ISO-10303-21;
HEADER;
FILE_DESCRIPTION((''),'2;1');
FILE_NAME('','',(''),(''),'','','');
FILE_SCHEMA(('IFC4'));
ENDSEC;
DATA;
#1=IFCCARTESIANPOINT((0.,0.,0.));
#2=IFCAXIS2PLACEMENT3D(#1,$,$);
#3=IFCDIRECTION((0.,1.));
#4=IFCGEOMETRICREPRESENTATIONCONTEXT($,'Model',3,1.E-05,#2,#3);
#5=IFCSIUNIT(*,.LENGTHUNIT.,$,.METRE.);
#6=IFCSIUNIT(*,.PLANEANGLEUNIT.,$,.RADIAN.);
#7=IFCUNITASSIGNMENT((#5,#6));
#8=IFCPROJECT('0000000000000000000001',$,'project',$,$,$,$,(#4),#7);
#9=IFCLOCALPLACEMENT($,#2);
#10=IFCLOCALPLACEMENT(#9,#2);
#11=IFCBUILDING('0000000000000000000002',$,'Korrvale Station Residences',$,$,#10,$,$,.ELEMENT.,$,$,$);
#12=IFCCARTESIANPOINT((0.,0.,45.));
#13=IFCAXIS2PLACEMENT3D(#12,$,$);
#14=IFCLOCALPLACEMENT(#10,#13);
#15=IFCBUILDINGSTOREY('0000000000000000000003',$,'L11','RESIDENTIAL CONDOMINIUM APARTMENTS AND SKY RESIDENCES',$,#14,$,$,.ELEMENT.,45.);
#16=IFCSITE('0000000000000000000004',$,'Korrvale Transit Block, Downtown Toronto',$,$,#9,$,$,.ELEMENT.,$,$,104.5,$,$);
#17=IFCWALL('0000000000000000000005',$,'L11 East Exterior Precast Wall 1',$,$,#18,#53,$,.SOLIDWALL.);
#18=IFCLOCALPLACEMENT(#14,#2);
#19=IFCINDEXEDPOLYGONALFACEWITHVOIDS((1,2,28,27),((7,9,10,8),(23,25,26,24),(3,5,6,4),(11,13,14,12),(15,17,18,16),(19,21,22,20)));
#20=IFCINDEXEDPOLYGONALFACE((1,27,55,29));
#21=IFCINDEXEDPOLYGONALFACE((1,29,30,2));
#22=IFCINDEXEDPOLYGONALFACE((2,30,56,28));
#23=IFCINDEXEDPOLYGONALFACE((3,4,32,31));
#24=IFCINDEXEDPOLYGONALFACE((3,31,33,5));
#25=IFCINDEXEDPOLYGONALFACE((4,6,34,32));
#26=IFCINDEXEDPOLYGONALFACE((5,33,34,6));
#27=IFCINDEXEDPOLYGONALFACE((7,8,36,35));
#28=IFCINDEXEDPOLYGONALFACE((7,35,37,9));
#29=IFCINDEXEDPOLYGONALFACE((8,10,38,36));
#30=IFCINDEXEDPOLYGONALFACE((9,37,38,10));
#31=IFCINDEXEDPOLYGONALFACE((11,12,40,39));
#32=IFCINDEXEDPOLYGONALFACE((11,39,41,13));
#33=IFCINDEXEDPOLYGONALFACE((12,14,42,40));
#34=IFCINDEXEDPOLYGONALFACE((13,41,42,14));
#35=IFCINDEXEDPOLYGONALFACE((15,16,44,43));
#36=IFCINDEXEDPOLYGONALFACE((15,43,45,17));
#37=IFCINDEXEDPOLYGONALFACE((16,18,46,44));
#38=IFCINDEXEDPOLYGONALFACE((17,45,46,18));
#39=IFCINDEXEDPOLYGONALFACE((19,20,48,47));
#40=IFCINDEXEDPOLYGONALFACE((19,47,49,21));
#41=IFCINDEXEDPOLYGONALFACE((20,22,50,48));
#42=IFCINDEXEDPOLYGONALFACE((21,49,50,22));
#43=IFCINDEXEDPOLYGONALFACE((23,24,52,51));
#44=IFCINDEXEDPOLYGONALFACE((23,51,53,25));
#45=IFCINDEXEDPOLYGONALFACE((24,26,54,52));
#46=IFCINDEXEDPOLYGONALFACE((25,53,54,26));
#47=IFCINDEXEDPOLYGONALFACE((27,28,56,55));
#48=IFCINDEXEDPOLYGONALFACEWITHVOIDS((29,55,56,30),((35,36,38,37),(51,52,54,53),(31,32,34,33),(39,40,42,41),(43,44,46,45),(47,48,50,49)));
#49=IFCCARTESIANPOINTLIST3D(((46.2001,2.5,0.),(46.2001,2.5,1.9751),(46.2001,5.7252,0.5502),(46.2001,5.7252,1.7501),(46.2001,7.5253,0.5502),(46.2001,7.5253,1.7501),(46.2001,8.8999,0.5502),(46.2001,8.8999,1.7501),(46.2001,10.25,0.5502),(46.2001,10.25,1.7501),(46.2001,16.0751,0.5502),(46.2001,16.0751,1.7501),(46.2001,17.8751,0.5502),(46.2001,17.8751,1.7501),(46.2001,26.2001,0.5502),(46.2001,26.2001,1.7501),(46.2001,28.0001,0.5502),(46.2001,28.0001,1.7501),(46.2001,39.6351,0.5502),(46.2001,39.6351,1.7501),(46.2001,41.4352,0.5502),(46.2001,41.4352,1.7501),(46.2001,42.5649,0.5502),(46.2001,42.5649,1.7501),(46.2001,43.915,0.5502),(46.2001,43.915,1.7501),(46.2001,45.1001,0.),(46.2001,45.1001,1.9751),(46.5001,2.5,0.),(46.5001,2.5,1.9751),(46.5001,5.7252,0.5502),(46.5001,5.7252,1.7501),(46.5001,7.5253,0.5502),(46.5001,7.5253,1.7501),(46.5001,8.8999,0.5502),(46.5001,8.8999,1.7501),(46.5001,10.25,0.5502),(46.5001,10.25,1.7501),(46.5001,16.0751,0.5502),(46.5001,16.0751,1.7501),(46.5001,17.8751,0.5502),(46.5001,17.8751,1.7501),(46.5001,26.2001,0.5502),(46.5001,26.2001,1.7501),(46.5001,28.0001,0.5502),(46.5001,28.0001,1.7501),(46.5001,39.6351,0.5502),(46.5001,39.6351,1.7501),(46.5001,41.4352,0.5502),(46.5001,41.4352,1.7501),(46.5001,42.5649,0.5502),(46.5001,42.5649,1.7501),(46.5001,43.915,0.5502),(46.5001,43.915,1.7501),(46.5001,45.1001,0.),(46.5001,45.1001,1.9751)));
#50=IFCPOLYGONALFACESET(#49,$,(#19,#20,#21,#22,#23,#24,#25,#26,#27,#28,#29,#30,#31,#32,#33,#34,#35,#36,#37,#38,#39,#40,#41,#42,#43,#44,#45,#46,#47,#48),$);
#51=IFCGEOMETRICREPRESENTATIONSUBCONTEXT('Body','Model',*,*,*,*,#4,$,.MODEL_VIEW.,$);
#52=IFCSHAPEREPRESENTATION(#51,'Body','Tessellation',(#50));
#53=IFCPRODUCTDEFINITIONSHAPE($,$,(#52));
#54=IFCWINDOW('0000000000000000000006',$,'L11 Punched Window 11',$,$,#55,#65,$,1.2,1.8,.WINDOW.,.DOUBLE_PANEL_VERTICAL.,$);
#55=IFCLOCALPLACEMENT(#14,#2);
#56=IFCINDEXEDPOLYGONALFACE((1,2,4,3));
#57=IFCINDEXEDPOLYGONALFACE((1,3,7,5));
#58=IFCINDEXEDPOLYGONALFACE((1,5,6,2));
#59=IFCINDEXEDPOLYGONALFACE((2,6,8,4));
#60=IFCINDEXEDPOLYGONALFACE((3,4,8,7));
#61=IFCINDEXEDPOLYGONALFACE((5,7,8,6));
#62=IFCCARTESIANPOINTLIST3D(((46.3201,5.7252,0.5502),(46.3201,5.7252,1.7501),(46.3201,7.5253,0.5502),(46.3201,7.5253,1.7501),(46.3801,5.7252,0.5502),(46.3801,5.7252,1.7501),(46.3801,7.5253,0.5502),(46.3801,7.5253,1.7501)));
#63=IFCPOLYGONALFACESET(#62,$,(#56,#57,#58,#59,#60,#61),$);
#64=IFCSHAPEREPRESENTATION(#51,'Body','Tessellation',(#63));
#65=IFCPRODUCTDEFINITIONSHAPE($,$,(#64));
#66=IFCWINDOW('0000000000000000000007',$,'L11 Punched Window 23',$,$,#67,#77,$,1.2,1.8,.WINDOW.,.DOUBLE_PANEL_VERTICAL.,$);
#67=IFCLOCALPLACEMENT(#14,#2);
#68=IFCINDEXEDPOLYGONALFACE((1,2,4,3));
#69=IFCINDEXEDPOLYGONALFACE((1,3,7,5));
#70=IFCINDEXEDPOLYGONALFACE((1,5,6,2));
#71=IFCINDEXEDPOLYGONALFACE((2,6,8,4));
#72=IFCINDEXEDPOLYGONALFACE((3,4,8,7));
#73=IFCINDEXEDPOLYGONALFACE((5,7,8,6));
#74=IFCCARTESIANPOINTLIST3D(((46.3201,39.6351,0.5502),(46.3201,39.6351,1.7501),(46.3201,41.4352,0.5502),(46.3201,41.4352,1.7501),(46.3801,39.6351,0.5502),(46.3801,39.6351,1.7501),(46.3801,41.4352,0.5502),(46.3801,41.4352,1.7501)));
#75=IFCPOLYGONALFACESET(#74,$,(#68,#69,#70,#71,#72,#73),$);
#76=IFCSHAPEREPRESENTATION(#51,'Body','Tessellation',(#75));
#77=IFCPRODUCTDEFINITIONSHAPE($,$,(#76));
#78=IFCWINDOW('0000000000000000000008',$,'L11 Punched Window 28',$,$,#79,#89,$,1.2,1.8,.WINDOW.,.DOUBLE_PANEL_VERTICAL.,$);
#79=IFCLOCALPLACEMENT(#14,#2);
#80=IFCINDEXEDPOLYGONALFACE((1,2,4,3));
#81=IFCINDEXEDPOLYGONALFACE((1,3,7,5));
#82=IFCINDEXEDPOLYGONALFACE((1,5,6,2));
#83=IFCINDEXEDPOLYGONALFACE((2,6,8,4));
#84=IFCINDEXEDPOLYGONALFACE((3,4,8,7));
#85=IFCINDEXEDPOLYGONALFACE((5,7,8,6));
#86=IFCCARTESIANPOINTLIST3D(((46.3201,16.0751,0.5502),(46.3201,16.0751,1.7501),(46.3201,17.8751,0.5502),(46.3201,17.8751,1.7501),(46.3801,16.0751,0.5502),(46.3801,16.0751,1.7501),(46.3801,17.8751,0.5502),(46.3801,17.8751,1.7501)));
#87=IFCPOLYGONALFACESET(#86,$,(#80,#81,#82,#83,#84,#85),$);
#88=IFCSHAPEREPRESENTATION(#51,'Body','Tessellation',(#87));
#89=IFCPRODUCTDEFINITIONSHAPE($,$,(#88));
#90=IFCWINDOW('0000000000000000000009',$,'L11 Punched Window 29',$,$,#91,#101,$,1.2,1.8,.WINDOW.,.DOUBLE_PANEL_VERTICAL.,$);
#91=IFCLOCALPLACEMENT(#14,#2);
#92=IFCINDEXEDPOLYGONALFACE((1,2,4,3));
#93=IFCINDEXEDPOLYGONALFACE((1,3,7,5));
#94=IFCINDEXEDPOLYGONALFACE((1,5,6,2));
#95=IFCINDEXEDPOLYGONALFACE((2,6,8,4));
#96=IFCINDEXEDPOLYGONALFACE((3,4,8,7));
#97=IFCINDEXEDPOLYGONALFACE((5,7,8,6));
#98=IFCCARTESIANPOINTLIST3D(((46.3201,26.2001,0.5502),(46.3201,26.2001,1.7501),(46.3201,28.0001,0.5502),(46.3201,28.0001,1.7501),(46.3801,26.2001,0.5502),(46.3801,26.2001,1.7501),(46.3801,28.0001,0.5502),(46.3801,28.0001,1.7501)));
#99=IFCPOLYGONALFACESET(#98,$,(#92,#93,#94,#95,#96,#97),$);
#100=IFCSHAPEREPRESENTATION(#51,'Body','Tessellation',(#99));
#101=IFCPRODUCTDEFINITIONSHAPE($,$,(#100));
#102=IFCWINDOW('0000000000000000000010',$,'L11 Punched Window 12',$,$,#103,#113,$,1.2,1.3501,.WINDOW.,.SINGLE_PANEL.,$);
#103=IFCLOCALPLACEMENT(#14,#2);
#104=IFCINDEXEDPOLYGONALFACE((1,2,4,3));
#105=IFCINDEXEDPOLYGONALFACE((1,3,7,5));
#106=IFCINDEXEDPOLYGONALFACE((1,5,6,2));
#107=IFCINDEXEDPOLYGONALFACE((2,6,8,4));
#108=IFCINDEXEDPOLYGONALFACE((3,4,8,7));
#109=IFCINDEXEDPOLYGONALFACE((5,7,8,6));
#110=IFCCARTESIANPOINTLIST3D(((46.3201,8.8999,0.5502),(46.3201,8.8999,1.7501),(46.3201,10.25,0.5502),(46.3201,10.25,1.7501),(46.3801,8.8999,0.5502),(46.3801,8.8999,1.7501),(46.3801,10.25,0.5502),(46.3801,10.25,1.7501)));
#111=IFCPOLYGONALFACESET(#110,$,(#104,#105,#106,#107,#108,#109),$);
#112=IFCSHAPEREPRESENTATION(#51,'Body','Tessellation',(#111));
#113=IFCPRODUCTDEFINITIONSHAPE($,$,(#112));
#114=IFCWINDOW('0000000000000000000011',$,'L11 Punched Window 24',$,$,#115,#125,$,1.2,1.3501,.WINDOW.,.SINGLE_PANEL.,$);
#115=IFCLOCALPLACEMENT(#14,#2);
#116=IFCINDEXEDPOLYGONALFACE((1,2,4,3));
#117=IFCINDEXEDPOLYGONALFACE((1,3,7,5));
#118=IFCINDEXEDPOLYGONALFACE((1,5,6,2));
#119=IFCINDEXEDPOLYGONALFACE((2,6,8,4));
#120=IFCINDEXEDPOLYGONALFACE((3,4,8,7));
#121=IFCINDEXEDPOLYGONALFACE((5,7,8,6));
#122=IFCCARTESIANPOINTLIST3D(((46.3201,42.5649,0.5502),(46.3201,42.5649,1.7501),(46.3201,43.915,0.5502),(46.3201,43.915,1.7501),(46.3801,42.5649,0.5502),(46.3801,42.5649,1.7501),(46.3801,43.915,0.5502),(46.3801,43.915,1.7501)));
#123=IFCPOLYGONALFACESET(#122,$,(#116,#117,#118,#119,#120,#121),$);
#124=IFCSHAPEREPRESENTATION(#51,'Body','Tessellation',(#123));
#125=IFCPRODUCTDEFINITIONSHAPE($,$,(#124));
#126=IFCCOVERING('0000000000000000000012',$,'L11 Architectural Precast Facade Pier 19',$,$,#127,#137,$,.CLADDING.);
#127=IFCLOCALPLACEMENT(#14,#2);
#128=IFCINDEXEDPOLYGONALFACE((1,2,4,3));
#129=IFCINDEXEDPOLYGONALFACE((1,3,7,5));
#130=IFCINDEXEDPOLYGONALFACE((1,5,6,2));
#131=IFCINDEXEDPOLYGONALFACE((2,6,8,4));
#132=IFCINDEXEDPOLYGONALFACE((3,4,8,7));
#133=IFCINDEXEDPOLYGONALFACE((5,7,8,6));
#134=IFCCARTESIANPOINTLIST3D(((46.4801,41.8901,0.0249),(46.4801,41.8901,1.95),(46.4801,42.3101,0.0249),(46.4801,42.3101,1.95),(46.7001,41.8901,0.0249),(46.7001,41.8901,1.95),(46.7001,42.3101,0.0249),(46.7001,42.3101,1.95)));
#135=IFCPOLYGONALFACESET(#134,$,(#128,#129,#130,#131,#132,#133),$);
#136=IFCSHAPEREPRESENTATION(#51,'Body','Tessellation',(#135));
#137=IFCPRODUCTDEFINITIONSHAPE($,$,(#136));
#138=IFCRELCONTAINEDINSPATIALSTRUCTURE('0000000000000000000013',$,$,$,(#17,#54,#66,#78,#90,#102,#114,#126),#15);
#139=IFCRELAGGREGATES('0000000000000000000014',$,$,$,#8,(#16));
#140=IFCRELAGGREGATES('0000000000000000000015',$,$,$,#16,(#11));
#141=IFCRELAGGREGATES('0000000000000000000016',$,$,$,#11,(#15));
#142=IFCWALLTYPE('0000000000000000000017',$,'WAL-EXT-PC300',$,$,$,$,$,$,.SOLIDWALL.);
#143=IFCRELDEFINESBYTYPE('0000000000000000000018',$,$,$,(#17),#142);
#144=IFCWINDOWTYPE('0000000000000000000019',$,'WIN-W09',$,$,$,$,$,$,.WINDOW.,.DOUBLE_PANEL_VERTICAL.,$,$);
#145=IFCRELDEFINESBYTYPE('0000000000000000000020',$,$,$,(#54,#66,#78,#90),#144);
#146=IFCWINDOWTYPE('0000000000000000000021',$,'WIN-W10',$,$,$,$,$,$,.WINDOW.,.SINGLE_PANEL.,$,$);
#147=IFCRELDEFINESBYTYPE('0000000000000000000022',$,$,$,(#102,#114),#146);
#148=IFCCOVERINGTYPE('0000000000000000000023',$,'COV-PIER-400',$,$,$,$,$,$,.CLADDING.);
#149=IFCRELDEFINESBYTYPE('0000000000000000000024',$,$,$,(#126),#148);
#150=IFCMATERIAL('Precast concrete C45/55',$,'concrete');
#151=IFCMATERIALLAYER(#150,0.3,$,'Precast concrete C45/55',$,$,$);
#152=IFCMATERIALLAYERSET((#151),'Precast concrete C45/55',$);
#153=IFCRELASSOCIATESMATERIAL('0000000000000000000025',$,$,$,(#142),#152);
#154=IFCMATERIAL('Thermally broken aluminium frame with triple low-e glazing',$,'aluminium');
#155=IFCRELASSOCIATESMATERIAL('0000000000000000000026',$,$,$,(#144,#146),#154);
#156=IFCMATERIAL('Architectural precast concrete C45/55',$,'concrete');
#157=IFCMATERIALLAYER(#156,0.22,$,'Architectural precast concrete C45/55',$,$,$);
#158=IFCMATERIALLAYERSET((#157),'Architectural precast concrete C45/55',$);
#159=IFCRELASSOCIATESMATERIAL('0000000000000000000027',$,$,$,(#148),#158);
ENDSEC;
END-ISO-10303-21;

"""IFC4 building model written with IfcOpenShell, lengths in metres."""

from ifc_helpers import new_model, si_unit, direction, frame, frame_2d, origin, origin_2d, place, context, subcontext, project, spatial, rectangle, extrude, material, layer, layer_set, type_object, element, fill, save


model = new_model("IFC4")

# Units and contexts
model_context = context("Model", 3, precision=1e-05, world=origin(), true_north=direction((0.0, 1.0)))
body_context = subcontext(model_context, "Body", "Model", "MODEL_VIEW")
ifc_project = project(units=[si_unit("LENGTHUNIT", "METRE"), si_unit("PLANEANGLEUNIT", "RADIAN")], contexts=[model_context])

# Site, building, storey
site_placement = place(None, origin())
site = spatial("IfcSite", under=ifc_project, at=site_placement, Name="Korrvale Transit Block, Downtown Toronto", CompositionType="ELEMENT", RefElevation=104.5)
building_placement = place(site_placement, origin())
building = spatial("IfcBuilding", under=site, at=building_placement, Name="Korrvale Station Residences", CompositionType="ELEMENT")
storey_placement = place(building_placement, frame((0.0, 0.0, 45.0)))
storey = spatial("IfcBuildingStorey", under=building, at=storey_placement, Name="L11", Description="RESIDENTIAL CONDOMINIUM APARTMENTS AND SKY RESIDENCES", CompositionType="ELEMENT", Elevation=45.0)

# Shared definitions
ifc_material_1 = material(Name="Precast concrete C45/55", Category="concrete")
ifc_layer_1 = layer(ifc_material_1, 0.3, Name="Precast concrete C45/55")
ifc_layer_set_1 = layer_set([ifc_layer_1], Name="Precast concrete C45/55")
wall_type_1 = type_object("IfcWallType", Name="WAL-EXT-PC300", PredefinedType="SOLIDWALL", material=ifc_layer_set_1)

# Wall, openings, windows
wall_1_placement = place(storey_placement, frame((46.3501, 45.1001, 0.0), z_axis=(0.0, 0.0, 1.0), x_axis=(0.0, -1.0, 0.0)))
wall_1 = element("IfcWall", 1, at=wall_1_placement, inside=storey, type_object=wall_type_1, Name="L11 East Exterior Precast Wall 1", PredefinedType="SOLIDWALL", context=body_context, shape_type="SweptSolid", body=[
    extrude(rectangle(XDim=42.6001, YDim=0.3, at=frame_2d((21.3, 0.0))), origin(), (0.0, 0.0, 1.0), 1.9751),
])
opening_1_placement = place(wall_1_placement, frame((37.575, 0.0, 0.55)))
opening_1 = element("IfcOpeningElement", 2, at=opening_1_placement, cuts=wall_1, PredefinedType="OPENING", context=body_context, shape_type="SweptSolid", body=[
    extrude(rectangle(XDim=1.8, YDim=1.2, at=frame_2d((0.8999, 0.6001))), frame((0.0, 0.1602, 0.0), z_axis=(0.0, -1.0, 0.0), x_axis=(1.0, 0.0, 0.0)), (0.0, 0.0, 1.0), 0.3201),
])
opening_2_placement = place(wall_1_placement, frame((34.8501, 0.0, 0.55)))
opening_2 = element("IfcOpeningElement", 3, at=opening_2_placement, cuts=wall_1, PredefinedType="OPENING", context=body_context, shape_type="SweptSolid", body=[
    extrude(rectangle(XDim=1.3501, YDim=1.2, at=frame_2d((0.675, 0.6001))), frame((0.0, 0.1602, 0.0), z_axis=(0.0, -1.0, 0.0), x_axis=(1.0, 0.0, 0.0)), (0.0, 0.0, 1.0), 0.3201),
])
opening_3_placement = place(wall_1_placement, frame((3.665, 0.0, 0.55)))
opening_3 = element("IfcOpeningElement", 4, at=opening_3_placement, cuts=wall_1, PredefinedType="OPENING", context=body_context, shape_type="SweptSolid", body=[
    extrude(rectangle(XDim=1.8, YDim=1.2, at=frame_2d((0.8999, 0.6001))), frame((0.0, 0.1602, 0.0), z_axis=(0.0, -1.0, 0.0), x_axis=(1.0, 0.0, 0.0)), (0.0, 0.0, 1.0), 0.3201),
])
opening_4_placement = place(wall_1_placement, frame((1.1851, 0.0, 0.55)))
opening_4 = element("IfcOpeningElement", 5, at=opening_4_placement, cuts=wall_1, PredefinedType="OPENING", context=body_context, shape_type="SweptSolid", body=[
    extrude(rectangle(XDim=1.3501, YDim=1.2, at=frame_2d((0.675, 0.6001))), frame((0.0, 0.1602, 0.0), z_axis=(0.0, -1.0, 0.0), x_axis=(1.0, 0.0, 0.0)), (0.0, 0.0, 1.0), 0.3201),
])
opening_5_placement = place(wall_1_placement, frame((27.2251, 0.0, 0.55)))
opening_5 = element("IfcOpeningElement", 6, at=opening_5_placement, cuts=wall_1, PredefinedType="OPENING", context=body_context, shape_type="SweptSolid", body=[
    extrude(rectangle(XDim=1.8, YDim=1.2, at=frame_2d((0.8999, 0.6001))), frame((0.0, 0.1602, 0.0), z_axis=(0.0, -1.0, 0.0), x_axis=(1.0, 0.0, 0.0)), (0.0, 0.0, 1.0), 0.3201),
])
opening_6_placement = place(wall_1_placement, frame((17.1001, 0.0, 0.55)))
opening_6 = element("IfcOpeningElement", 7, at=opening_6_placement, cuts=wall_1, PredefinedType="OPENING", context=body_context, shape_type="SweptSolid", body=[
    extrude(rectangle(XDim=1.8, YDim=1.2, at=frame_2d((0.8999, 0.6001))), frame((0.0, 0.1602, 0.0), z_axis=(0.0, -1.0, 0.0), x_axis=(1.0, 0.0, 0.0)), (0.0, 0.0, 1.0), 0.3201),
])
ifc_material_2 = material(Name="Thermally broken aluminium frame with triple low-e glazing", Category="aluminium")
window_type_1 = type_object("IfcWindowType", Name="WIN-W09", PartitioningType="DOUBLE_PANEL_VERTICAL", PredefinedType="WINDOW", material=ifc_material_2)
window_1_placement = place(opening_1_placement, origin())
window_1 = element("IfcWindow", 8, at=window_1_placement, inside=storey, type_object=window_type_1, Name="L11 Punched Window 11", OverallHeight=1.2, OverallWidth=1.8, PartitioningType="DOUBLE_PANEL_VERTICAL", PredefinedType="WINDOW", context=body_context, shape_type="SweptSolid", body=[
    extrude(rectangle(XDim=1.8, YDim=1.2, at=frame_2d((0.8999, 0.6001))), frame((0.0, 0.03, 0.0), z_axis=(0.0, -1.0, 0.0), x_axis=(1.0, 0.0, 0.0)), (0.0, 0.0, 1.0), 0.0601),
])
fill(opening_1, window_1)
window_2_placement = place(opening_3_placement, origin())
window_2 = element("IfcWindow", 9, at=window_2_placement, inside=storey, type_object=window_type_1, Name="L11 Punched Window 23", OverallHeight=1.2, OverallWidth=1.8, PartitioningType="DOUBLE_PANEL_VERTICAL", PredefinedType="WINDOW", context=body_context, shape_type="SweptSolid", body=[
    extrude(rectangle(XDim=1.8, YDim=1.2, at=frame_2d((0.8999, 0.6001))), frame((0.0, 0.03, 0.0), z_axis=(0.0, -1.0, 0.0), x_axis=(1.0, 0.0, 0.0)), (0.0, 0.0, 1.0), 0.0601),
])
fill(opening_3, window_2)
window_3_placement = place(opening_5_placement, origin())
window_3 = element("IfcWindow", 10, at=window_3_placement, inside=storey, type_object=window_type_1, Name="L11 Punched Window 28", OverallHeight=1.2, OverallWidth=1.8, PartitioningType="DOUBLE_PANEL_VERTICAL", PredefinedType="WINDOW", context=body_context, shape_type="SweptSolid", body=[
    extrude(rectangle(XDim=1.8, YDim=1.2, at=frame_2d((0.8999, 0.6001))), frame((0.0, 0.03, 0.0), z_axis=(0.0, -1.0, 0.0), x_axis=(1.0, 0.0, 0.0)), (0.0, 0.0, 1.0), 0.0601),
])
fill(opening_5, window_3)
window_4_placement = place(opening_6_placement, origin())
window_4 = element("IfcWindow", 11, at=window_4_placement, inside=storey, type_object=window_type_1, Name="L11 Punched Window 29", OverallHeight=1.2, OverallWidth=1.8, PartitioningType="DOUBLE_PANEL_VERTICAL", PredefinedType="WINDOW", context=body_context, shape_type="SweptSolid", body=[
    extrude(rectangle(XDim=1.8, YDim=1.2, at=frame_2d((0.8999, 0.6001))), frame((0.0, 0.03, 0.0), z_axis=(0.0, -1.0, 0.0), x_axis=(1.0, 0.0, 0.0)), (0.0, 0.0, 1.0), 0.0601),
])
fill(opening_6, window_4)
window_type_2 = type_object("IfcWindowType", Name="WIN-W10", PartitioningType="SINGLE_PANEL", PredefinedType="WINDOW", material=ifc_material_2)
window_5_placement = place(opening_2_placement, origin())
window_5 = element("IfcWindow", 12, at=window_5_placement, inside=storey, type_object=window_type_2, Name="L11 Punched Window 12", OverallHeight=1.2, OverallWidth=1.3501, PartitioningType="SINGLE_PANEL", PredefinedType="WINDOW", context=body_context, shape_type="SweptSolid", body=[
    extrude(rectangle(XDim=1.3501, YDim=1.2, at=frame_2d((0.675, 0.6001))), frame((0.0, 0.03, 0.0), z_axis=(0.0, -1.0, 0.0), x_axis=(1.0, 0.0, 0.0)), (0.0, 0.0, 1.0), 0.0601),
])
fill(opening_2, window_5)
window_6_placement = place(opening_4_placement, origin())
window_6 = element("IfcWindow", 13, at=window_6_placement, inside=storey, type_object=window_type_2, Name="L11 Punched Window 24", OverallHeight=1.2, OverallWidth=1.3501, PartitioningType="SINGLE_PANEL", PredefinedType="WINDOW", context=body_context, shape_type="SweptSolid", body=[
    extrude(rectangle(XDim=1.3501, YDim=1.2, at=frame_2d((0.675, 0.6001))), frame((0.0, 0.03, 0.0), z_axis=(0.0, -1.0, 0.0), x_axis=(1.0, 0.0, 0.0)), (0.0, 0.0, 1.0), 0.0601),
])
fill(opening_4, window_6)

# Covering
ifc_material_3 = material(Name="Architectural precast concrete C45/55", Category="concrete")
ifc_layer_2 = layer(ifc_material_3, 0.22, Name="Architectural precast concrete C45/55")
ifc_layer_set_2 = layer_set([ifc_layer_2], Name="Architectural precast concrete C45/55")
covering_type = type_object("IfcCoveringType", Name="COV-PIER-400", PredefinedType="CLADDING", material=ifc_layer_set_2)
covering_placement = place(storey_placement, frame((46.5901, 42.1001, 0.0249), z_axis=(0.0, 0.0, 1.0), x_axis=(0.0, 1.0, 0.0)))
element("IfcCovering", 14, at=covering_placement, inside=storey, type_object=covering_type, Name="L11 Architectural Precast Facade Pier 19", PredefinedType="CLADDING", context=body_context, shape_type="SweptSolid", body=[
    extrude(rectangle(XDim=0.4199, YDim=0.22, at=origin_2d()), origin(), (0.0, 0.0, 1.0), 1.925),
])

save(model, "model.ifc")
